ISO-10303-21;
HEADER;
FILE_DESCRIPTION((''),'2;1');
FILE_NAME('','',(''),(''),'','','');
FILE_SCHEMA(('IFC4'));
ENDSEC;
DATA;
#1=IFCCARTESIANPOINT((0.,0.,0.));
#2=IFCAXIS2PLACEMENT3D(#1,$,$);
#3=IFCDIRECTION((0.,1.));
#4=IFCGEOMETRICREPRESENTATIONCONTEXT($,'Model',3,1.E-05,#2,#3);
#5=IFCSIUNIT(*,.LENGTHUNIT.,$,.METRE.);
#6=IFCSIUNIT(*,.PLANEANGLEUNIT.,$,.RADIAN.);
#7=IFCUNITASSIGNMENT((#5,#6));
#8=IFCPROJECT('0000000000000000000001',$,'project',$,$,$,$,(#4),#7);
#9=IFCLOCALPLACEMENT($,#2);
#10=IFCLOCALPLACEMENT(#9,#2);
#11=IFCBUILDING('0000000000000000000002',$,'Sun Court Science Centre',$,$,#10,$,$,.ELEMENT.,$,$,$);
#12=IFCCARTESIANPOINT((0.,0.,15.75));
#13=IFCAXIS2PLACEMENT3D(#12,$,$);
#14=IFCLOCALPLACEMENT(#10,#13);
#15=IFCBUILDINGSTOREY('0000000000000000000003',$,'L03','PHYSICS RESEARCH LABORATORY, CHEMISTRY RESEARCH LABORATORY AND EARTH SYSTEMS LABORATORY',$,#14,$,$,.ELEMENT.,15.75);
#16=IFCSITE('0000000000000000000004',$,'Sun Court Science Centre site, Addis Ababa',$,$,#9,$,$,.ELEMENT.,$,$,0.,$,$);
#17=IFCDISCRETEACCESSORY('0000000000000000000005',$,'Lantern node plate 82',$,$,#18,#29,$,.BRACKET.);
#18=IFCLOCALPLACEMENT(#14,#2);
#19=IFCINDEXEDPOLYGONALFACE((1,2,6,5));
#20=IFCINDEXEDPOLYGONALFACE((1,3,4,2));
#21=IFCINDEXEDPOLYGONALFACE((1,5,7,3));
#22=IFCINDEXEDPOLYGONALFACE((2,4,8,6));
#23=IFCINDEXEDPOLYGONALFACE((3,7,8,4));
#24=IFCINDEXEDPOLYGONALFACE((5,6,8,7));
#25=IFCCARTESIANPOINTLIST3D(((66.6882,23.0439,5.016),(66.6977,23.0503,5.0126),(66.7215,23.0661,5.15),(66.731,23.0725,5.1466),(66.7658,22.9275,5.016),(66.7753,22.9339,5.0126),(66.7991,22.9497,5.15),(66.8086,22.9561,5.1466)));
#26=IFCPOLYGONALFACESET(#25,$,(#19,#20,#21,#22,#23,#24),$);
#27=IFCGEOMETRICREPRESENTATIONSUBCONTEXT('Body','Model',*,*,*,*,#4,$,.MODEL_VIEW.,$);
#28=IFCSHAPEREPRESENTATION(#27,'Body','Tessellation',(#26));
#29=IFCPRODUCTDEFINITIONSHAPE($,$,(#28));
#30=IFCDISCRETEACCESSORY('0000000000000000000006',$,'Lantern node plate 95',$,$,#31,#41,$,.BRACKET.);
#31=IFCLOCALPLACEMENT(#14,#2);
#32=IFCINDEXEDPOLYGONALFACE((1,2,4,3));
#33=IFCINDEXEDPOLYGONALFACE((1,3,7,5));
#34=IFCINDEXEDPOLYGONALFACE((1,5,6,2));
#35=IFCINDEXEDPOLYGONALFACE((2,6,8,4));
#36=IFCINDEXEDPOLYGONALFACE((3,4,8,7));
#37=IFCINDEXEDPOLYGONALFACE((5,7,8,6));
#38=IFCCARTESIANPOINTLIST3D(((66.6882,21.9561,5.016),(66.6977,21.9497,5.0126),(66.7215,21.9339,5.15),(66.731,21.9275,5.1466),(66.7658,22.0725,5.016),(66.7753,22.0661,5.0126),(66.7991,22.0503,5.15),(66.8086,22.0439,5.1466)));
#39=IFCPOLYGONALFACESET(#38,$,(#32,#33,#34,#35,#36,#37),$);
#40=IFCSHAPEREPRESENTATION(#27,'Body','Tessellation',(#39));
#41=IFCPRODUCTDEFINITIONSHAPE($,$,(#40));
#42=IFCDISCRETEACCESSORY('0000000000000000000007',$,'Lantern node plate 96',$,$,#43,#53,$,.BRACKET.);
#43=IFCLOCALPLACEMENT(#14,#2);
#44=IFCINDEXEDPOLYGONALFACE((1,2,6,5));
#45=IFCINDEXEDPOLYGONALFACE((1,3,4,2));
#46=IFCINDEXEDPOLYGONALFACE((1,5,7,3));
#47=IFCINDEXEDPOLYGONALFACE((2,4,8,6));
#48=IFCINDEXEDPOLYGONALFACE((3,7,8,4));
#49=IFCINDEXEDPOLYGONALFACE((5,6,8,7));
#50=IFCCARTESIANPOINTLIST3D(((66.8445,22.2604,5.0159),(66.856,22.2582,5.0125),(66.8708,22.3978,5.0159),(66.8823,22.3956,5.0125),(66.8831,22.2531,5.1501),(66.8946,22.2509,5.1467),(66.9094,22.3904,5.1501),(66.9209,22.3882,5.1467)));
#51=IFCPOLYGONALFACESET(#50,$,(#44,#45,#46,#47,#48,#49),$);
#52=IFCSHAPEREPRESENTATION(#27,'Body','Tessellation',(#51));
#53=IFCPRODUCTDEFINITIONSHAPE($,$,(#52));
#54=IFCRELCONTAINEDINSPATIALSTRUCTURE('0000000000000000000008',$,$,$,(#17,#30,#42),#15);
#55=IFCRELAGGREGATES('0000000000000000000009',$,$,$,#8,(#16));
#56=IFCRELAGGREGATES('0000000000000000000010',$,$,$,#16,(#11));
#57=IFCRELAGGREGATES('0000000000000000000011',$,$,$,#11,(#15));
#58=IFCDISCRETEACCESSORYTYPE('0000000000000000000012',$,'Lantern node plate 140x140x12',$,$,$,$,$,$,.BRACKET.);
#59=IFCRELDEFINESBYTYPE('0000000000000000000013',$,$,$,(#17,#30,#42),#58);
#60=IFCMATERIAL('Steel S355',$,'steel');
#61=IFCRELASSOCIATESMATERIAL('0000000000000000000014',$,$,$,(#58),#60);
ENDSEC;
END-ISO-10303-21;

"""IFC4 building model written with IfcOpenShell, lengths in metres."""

from ifc_helpers import new_model, si_unit, direction, frame, origin, origin_2d, place, context, subcontext, project, spatial, rectangle, extrude, material, material_profile, profile_set, type_object, element, save


model = new_model("IFC4")

# Units and contexts
model_context = context("Model", 3, precision=1e-05, world=origin(), true_north=direction((0.0, 1.0)))
body_context = subcontext(model_context, "Body", "Model", "MODEL_VIEW")
ifc_project = project(units=[si_unit("LENGTHUNIT", "METRE"), si_unit("PLANEANGLEUNIT", "RADIAN")], contexts=[model_context])

# Site, building, storey
site_placement = place(None, origin())
site = spatial("IfcSite", under=ifc_project, at=site_placement, Name="Sun Court Science Centre site, Addis Ababa", CompositionType="ELEMENT", RefElevation=0.0)
building_placement = place(site_placement, origin())
building = spatial("IfcBuilding", under=site, at=building_placement, Name="Sun Court Science Centre", CompositionType="ELEMENT")
storey_placement = place(building_placement, frame((0.0, 0.0, 15.75)))
storey = spatial("IfcBuildingStorey", under=building, at=storey_placement, Name="L03", Description="PHYSICS RESEARCH LABORATORY, CHEMISTRY RESEARCH LABORATORY AND EARTH SYSTEMS LABORATORY", CompositionType="ELEMENT", Elevation=15.75)

# Discrete accessories
ifc_material_1 = material(Name="Steel S355", Category="steel")
ifc_material_profile_1 = material_profile(ifc_material_1, rectangle(XDim=0.1399, YDim=0.1399, at=origin_2d()), Name="PL 140x140")
ifc_profile_set_1 = profile_set([ifc_material_profile_1], Name="Steel S355")
discrete_accessory_type_1 = type_object("IfcDiscreteAccessoryType", Name="Lantern node plate 140x140x12", PredefinedType="BRACKET", material=ifc_profile_set_1)
for number, where, z_axis, x_axis, name in (
    (1, (66.7532, 23.0032, 5.0796), (-0.797248, -0.531498, 0.286191), (0.5547, -0.83205, 0.0), "Lantern node plate 82"),
    (2, (66.7532, 21.9968, 5.0796), (-0.797248, 0.531498, 0.286191), (-0.5547, -0.83205, 0.0), "Lantern node plate 95"),
):
    element("IfcDiscreteAccessory", number, at=place(storey_placement, frame(where, z_axis=z_axis, x_axis=x_axis)), inside=storey, type_object=discrete_accessory_type_1, Name=name, PredefinedType="BRACKET", context=body_context, shape_type="SweptSolid", body=[
        extrude(rectangle(XDim=0.1399, YDim=0.1399, at=origin_2d()), origin(), (0.0, 0.0, 1.0), 0.012),
    ])
discrete_accessory_1_placement = place(storey_placement, frame((66.8884, 22.3232, 5.0796), z_axis=(-0.942643, 0.180506, 0.280787), x_axis=(-0.188072, -0.982155, 0.0)))
element("IfcDiscreteAccessory", 3, at=discrete_accessory_1_placement, inside=storey, type_object=discrete_accessory_type_1, Name="Lantern node plate 96", PredefinedType="BRACKET", context=body_context, shape_type="SweptSolid", body=[
    extrude(rectangle(XDim=0.1399, YDim=0.1399, at=origin_2d()), origin(), (0.0, 0.0, 1.0), 0.0122),
])

save(model, "model.ifc")
